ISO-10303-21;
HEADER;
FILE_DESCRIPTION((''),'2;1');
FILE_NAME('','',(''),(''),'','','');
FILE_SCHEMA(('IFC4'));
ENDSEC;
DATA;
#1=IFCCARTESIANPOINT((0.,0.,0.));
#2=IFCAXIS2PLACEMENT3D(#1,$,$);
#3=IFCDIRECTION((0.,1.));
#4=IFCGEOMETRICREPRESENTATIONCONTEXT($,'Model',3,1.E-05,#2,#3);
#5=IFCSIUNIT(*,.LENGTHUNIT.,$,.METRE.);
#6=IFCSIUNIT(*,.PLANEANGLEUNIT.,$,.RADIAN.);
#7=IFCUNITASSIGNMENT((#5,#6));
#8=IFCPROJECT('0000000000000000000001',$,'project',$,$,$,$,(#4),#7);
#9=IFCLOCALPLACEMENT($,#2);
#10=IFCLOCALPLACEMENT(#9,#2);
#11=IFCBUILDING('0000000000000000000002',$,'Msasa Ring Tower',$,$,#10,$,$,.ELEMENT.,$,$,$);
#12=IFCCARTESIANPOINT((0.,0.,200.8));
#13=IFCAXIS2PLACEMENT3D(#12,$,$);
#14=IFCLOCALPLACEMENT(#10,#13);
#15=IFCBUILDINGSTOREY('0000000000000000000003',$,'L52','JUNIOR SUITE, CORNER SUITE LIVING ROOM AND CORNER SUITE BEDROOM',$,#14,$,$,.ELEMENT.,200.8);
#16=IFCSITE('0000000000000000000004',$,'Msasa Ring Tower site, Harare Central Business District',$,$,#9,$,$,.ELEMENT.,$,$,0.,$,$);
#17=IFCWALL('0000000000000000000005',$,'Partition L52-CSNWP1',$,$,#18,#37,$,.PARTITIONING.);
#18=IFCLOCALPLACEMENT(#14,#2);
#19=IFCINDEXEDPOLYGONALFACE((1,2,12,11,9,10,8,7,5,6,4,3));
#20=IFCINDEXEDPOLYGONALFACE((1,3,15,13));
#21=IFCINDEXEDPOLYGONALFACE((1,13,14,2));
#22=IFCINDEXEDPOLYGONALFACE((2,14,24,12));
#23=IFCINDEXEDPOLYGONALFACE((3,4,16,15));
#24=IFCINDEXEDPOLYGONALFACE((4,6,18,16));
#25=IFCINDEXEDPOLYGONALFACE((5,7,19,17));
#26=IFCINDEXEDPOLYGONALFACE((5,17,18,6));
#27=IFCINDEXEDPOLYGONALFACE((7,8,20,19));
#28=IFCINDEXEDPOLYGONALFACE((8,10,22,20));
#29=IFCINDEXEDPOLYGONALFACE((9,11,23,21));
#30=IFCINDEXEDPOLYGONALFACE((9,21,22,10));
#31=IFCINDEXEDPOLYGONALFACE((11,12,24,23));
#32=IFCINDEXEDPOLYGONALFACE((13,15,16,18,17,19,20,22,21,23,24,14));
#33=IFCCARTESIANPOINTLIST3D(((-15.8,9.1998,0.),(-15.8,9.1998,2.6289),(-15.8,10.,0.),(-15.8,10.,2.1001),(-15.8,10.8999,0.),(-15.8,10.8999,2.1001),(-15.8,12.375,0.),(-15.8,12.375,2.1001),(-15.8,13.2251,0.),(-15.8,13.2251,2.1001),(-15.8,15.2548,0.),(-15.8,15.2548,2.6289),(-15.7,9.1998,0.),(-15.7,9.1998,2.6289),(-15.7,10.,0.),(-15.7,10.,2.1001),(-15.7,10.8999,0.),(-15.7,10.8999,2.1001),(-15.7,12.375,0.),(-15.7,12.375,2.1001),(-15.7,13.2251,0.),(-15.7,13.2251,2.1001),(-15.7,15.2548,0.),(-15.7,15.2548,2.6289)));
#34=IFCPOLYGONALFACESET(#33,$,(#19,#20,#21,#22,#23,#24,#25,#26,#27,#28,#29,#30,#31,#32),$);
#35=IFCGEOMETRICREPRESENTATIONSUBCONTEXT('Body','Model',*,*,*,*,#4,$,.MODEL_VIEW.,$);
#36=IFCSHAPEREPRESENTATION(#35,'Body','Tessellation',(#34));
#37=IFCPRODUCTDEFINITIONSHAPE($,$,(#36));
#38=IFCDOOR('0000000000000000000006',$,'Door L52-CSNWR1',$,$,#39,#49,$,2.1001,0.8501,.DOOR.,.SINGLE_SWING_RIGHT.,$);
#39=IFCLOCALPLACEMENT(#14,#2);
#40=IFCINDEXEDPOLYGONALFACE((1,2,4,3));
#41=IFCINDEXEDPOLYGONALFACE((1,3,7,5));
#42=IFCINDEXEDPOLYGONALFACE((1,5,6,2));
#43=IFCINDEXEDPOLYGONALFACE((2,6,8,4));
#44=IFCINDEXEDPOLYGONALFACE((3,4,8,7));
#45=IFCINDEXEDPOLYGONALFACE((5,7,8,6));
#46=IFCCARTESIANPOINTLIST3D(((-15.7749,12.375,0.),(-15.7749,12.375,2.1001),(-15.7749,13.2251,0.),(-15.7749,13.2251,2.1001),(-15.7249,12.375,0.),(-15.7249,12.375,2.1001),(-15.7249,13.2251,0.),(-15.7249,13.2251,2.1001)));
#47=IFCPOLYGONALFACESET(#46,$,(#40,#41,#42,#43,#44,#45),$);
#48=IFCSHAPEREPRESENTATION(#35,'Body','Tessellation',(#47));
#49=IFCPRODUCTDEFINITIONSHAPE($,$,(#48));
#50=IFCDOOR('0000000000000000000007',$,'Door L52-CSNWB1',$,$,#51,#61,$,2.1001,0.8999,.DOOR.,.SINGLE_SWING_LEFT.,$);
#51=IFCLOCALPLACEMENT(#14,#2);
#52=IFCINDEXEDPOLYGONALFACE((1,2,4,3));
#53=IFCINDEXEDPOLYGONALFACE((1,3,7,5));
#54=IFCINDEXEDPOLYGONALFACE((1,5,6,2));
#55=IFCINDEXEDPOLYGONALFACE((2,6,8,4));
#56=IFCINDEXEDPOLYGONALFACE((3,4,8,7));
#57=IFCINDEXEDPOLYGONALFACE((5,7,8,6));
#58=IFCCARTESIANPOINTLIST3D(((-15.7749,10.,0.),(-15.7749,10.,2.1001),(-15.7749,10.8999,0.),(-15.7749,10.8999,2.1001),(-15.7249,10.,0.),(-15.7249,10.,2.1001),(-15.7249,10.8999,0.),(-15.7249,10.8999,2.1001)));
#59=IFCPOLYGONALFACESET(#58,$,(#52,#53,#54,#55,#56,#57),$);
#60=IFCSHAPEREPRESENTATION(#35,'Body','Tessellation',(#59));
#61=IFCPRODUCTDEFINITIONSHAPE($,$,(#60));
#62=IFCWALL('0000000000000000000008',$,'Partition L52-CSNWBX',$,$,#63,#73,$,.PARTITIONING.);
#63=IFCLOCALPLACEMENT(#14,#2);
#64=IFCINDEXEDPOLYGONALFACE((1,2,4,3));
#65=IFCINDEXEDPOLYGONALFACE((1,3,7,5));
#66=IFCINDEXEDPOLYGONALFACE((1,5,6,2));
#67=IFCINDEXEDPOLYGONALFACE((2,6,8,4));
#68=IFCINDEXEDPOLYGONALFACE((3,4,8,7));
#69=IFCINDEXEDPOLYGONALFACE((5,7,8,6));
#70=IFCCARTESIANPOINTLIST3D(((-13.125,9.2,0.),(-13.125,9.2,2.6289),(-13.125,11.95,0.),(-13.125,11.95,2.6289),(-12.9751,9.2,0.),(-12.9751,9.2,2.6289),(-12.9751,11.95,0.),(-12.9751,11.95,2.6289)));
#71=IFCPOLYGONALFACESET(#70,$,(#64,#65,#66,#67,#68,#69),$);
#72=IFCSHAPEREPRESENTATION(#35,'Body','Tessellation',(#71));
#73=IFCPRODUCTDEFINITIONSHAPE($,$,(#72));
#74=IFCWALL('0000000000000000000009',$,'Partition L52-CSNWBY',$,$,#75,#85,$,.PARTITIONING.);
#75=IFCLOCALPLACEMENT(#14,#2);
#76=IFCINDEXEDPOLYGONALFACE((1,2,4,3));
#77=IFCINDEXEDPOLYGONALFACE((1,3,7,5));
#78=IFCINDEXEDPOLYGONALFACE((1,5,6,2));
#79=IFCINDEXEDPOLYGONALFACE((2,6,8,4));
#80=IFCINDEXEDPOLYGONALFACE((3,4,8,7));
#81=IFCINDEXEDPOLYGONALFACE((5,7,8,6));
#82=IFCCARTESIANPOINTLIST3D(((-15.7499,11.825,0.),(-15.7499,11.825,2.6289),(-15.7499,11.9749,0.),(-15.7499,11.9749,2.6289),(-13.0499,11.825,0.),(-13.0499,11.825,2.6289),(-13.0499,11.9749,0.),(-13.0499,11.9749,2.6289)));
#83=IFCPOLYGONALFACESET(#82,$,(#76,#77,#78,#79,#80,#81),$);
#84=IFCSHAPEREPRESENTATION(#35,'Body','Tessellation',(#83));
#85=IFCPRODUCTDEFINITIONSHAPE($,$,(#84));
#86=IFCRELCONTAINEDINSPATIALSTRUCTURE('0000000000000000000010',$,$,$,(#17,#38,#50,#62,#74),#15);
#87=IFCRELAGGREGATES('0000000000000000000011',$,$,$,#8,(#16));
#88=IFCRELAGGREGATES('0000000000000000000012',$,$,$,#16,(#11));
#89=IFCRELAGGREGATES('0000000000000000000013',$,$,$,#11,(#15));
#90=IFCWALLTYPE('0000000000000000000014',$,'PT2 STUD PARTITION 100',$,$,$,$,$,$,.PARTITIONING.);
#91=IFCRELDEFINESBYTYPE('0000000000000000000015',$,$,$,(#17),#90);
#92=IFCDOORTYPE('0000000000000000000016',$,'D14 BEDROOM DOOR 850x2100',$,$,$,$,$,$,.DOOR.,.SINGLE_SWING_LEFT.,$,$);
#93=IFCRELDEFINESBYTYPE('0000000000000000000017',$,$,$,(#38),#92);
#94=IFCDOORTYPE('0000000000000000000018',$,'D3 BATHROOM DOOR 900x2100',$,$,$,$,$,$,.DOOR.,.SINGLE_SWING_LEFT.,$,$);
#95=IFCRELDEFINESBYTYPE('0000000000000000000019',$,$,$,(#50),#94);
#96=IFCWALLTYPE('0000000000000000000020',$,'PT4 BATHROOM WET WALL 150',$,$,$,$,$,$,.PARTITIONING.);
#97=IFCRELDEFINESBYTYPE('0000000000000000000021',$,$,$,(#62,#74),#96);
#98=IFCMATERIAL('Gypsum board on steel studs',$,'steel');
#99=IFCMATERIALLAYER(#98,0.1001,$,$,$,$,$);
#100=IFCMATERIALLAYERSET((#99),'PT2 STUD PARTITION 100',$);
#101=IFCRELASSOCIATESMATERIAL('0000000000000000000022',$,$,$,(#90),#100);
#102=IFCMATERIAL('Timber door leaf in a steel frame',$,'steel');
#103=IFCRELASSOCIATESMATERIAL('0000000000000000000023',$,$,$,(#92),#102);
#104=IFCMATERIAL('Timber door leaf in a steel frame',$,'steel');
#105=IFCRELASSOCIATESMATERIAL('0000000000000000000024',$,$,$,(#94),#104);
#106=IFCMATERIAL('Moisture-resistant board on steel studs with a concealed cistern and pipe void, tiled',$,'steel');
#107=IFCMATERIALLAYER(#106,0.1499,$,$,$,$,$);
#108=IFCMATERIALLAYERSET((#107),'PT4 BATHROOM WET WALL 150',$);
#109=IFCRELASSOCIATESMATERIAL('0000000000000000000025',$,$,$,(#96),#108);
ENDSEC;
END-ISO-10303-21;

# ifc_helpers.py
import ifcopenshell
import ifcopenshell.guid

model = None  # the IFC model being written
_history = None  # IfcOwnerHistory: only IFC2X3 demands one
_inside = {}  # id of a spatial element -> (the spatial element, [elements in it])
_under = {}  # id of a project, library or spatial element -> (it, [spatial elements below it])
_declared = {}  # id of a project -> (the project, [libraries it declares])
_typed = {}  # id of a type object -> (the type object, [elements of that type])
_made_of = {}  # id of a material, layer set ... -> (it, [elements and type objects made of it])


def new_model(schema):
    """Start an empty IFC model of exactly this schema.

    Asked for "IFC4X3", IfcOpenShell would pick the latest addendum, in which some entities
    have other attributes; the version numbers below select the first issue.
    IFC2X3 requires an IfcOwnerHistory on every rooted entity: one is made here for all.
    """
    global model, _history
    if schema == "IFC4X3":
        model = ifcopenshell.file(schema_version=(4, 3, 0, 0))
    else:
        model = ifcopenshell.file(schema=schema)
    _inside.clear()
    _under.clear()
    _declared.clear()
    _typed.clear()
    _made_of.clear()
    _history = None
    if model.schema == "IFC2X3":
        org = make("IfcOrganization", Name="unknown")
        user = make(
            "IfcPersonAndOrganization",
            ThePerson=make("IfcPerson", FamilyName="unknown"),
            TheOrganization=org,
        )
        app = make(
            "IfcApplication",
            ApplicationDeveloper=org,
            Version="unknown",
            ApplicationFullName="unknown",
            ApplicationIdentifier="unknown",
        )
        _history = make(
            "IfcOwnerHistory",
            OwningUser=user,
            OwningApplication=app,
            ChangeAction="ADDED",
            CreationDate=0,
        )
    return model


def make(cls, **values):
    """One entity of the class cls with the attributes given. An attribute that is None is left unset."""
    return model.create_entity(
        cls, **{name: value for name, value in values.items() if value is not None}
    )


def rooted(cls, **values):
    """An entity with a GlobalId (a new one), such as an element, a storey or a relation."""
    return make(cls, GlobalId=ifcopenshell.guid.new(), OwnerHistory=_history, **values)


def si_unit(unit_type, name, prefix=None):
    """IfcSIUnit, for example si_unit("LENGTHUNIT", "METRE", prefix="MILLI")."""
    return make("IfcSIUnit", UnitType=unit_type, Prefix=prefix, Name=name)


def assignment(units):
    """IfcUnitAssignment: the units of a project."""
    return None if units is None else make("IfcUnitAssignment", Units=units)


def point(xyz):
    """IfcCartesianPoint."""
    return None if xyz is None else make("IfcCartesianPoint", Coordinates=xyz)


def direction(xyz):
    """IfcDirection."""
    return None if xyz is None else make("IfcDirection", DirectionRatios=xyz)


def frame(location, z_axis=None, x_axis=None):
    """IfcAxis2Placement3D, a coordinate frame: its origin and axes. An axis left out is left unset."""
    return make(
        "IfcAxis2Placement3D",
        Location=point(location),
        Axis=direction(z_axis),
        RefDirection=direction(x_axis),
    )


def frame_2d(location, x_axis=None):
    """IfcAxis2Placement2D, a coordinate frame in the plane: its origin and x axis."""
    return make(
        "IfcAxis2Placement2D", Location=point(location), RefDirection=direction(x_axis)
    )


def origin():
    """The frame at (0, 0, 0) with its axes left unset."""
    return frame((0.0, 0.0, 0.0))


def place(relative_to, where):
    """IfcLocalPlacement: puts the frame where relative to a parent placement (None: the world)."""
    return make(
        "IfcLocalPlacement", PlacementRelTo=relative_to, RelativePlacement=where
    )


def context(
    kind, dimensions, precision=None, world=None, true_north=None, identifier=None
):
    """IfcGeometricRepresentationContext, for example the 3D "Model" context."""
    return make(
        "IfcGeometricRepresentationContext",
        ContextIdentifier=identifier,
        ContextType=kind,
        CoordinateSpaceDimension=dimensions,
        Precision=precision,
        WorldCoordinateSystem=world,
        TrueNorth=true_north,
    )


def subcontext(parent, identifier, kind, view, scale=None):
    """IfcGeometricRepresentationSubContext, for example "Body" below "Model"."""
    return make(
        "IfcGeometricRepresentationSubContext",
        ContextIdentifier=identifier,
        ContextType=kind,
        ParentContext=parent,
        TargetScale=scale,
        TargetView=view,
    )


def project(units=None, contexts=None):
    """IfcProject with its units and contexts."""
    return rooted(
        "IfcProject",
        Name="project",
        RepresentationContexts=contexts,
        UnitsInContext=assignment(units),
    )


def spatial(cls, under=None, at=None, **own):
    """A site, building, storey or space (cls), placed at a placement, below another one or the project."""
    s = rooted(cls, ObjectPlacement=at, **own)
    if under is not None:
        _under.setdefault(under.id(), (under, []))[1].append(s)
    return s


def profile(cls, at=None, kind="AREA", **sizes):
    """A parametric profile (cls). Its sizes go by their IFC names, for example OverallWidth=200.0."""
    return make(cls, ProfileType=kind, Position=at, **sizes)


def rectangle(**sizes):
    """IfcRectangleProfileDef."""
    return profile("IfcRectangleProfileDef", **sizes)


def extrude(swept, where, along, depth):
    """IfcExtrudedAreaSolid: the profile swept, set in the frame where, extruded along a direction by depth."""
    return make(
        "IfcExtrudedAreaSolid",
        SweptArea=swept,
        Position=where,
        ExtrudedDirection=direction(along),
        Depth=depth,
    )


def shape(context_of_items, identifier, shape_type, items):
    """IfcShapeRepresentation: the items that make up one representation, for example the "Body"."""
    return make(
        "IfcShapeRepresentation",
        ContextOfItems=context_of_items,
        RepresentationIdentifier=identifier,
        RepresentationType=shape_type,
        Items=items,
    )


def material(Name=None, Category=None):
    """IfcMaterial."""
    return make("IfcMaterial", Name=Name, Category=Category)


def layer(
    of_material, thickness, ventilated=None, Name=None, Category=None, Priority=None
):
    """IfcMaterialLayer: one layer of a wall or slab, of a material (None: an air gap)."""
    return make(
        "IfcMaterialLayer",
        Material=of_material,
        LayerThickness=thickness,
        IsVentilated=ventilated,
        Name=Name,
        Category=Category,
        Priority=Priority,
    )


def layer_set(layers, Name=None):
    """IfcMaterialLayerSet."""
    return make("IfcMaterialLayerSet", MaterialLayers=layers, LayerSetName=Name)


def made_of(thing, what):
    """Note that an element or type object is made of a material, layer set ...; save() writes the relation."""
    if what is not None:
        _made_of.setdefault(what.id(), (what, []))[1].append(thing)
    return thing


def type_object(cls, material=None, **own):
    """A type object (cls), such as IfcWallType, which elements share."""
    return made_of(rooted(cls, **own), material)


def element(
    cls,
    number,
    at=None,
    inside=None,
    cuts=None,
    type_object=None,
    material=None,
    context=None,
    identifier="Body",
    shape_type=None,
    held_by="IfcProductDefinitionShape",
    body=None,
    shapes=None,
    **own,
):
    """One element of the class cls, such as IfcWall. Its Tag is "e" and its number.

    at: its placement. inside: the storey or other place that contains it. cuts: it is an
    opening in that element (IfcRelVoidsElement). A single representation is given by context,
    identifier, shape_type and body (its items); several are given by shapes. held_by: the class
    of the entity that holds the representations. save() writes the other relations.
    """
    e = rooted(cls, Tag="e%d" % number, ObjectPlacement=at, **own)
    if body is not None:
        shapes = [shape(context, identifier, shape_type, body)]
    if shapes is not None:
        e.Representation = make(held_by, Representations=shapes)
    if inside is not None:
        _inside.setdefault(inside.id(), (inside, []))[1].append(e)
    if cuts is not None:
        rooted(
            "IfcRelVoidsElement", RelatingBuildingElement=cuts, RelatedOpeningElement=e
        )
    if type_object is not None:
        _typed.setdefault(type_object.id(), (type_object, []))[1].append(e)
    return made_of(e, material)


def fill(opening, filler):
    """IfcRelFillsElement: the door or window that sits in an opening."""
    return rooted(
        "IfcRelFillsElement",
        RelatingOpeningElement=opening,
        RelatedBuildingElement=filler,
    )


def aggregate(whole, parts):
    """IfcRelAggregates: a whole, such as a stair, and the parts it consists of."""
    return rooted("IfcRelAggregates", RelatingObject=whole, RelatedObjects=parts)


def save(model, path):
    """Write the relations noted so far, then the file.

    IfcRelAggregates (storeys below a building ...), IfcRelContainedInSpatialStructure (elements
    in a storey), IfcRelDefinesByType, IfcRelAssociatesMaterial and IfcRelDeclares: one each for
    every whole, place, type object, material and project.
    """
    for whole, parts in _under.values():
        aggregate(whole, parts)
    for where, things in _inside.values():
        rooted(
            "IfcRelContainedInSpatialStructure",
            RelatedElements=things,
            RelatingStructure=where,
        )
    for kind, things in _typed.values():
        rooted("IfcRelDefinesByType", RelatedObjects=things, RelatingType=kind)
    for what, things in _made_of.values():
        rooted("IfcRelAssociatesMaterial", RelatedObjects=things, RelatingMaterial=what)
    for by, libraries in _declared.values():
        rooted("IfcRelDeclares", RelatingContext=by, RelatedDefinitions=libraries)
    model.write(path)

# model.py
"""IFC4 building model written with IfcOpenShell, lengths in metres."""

from ifc_helpers import new_model, si_unit, direction, frame, frame_2d, origin, place, context, subcontext, project, spatial, rectangle, extrude, material, layer, layer_set, type_object, element, fill, save


model = new_model("IFC4")

# Units and contexts
model_context = context("Model", 3, precision=1e-05, world=origin(), true_north=direction((0.0, 1.0)))
body_context = subcontext(model_context, "Body", "Model", "MODEL_VIEW")
ifc_project = project(units=[si_unit("LENGTHUNIT", "METRE"), si_unit("PLANEANGLEUNIT", "RADIAN")], contexts=[model_context])

# Site, building, storey
site_placement = place(None, origin())
site = spatial("IfcSite", under=ifc_project, at=site_placement, Name="Msasa Ring Tower site, Harare Central Business District", CompositionType="ELEMENT", RefElevation=0.0)
building_placement = place(site_placement, origin())
building = spatial("IfcBuilding", under=site, at=building_placement, Name="Msasa Ring Tower", CompositionType="ELEMENT")
storey_placement = place(building_placement, frame((0.0, 0.0, 200.8)))
storey = spatial("IfcBuildingStorey", under=building, at=storey_placement, Name="L52", Description="JUNIOR SUITE, CORNER SUITE LIVING ROOM AND CORNER SUITE BEDROOM", CompositionType="ELEMENT", Elevation=200.8)

# Wall, openings, doors
ifc_material_1 = material(Name="Gypsum board on steel studs", Category="steel")
ifc_layer_1 = layer(ifc_material_1, 0.1001)
ifc_layer_set_1 = layer_set([ifc_layer_1], Name="PT2 STUD PARTITION 100")
wall_type_1 = type_object("IfcWallType", Name="PT2 STUD PARTITION 100", PredefinedType="PARTITIONING", material=ifc_layer_set_1)
wall_1_placement = place(storey_placement, frame((-15.75, 9.2, 0.0), z_axis=(0.0, 0.0, 1.0), x_axis=(0.0, 1.0, 0.0)))
wall_1 = element("IfcWall", 1, at=wall_1_placement, inside=storey, type_object=wall_type_1, Name="Partition L52-CSNWP1", PredefinedType="PARTITIONING", context=body_context, shape_type="SweptSolid", body=[
    extrude(rectangle(XDim=6.0549, YDim=0.1001, at=frame_2d((3.0273, 0.0))), origin(), (0.0, 0.0, 1.0), 2.6289),
])
opening_1_placement = place(wall_1_placement, frame((3.175, 0.0, 0.0)))
opening_1 = element("IfcOpeningElement", 2, at=opening_1_placement, cuts=wall_1, PredefinedType="OPENING", context=body_context, shape_type="SweptSolid", body=[
    extrude(rectangle(XDim=0.8501, YDim=2.1001, at=frame_2d((0.425, 1.05))), frame((0.0, 0.0601, 0.0), z_axis=(0.0, -1.0, 0.0), x_axis=(1.0, 0.0, 0.0)), (0.0, 0.0, 1.0), 0.1201),
])
opening_2_placement = place(wall_1_placement, frame((0.8, 0.0, 0.0)))
opening_2 = element("IfcOpeningElement", 3, at=opening_2_placement, cuts=wall_1, PredefinedType="OPENING", context=body_context, shape_type="SweptSolid", body=[
    extrude(rectangle(XDim=0.8999, YDim=2.1001, at=frame_2d((0.45, 1.05))), frame((0.0, 0.0601, 0.0), z_axis=(0.0, -1.0, 0.0), x_axis=(1.0, 0.0, 0.0)), (0.0, 0.0, 1.0), 0.1201),
])
ifc_material_2 = material(Name="Timber door leaf in a steel frame", Category="steel")
door_type_1 = type_object("IfcDoorType", Name="D14 BEDROOM DOOR 850x2100", OperationType="SINGLE_SWING_LEFT", PredefinedType="DOOR", material=ifc_material_2)
door_1_placement = place(opening_1_placement, origin())
door_1 = element("IfcDoor", 4, at=door_1_placement, inside=storey, type_object=door_type_1, Name="Door L52-CSNWR1", OperationType="SINGLE_SWING_RIGHT", OverallHeight=2.1001, OverallWidth=0.8501, PredefinedType="DOOR", context=body_context, shape_type="SweptSolid", body=[
    extrude(rectangle(XDim=0.8501, YDim=2.1001, at=frame_2d((0.425, 1.05))), frame((0.0, 0.0249, 0.0), z_axis=(0.0, -1.0, 0.0), x_axis=(1.0, 0.0, 0.0)), (0.0, 0.0, 1.0), 0.05),
])
fill(opening_1, door_1)
ifc_material_3 = material(Name="Timber door leaf in a steel frame", Category="steel")
door_type_2 = type_object("IfcDoorType", Name="D3 BATHROOM DOOR 900x2100", OperationType="SINGLE_SWING_LEFT", PredefinedType="DOOR", material=ifc_material_3)
door_2_placement = place(opening_2_placement, origin())
door_2 = element("IfcDoor", 5, at=door_2_placement, inside=storey, type_object=door_type_2, Name="Door L52-CSNWB1", OperationType="SINGLE_SWING_LEFT", OverallHeight=2.1001, OverallWidth=0.8999, PredefinedType="DOOR", context=body_context, shape_type="SweptSolid", body=[
    extrude(rectangle(XDim=0.8999, YDim=2.1001, at=frame_2d((0.45, 1.05))), frame((0.0, 0.0249, 0.0), z_axis=(0.0, -1.0, 0.0), x_axis=(1.0, 0.0, 0.0)), (0.0, 0.0, 1.0), 0.05),
])
fill(opening_2, door_2)

# Walls
ifc_material_4 = material(Name="Moisture-resistant board on steel studs with a concealed cistern and pipe void, tiled", Category="steel")
ifc_layer_2 = layer(ifc_material_4, 0.1499)
ifc_layer_set_2 = layer_set([ifc_layer_2], Name="PT4 BATHROOM WET WALL 150")
wall_type_2 = type_object("IfcWallType", Name="PT4 BATHROOM WET WALL 150", PredefinedType="PARTITIONING", material=ifc_layer_set_2)
wall_2_placement = place(storey_placement, frame((-13.05, 9.2, 0.0), z_axis=(0.0, 0.0, 1.0), x_axis=(0.0, 1.0, 0.0)))
element("IfcWall", 6, at=wall_2_placement, inside=storey, type_object=wall_type_2, Name="Partition L52-CSNWBX", PredefinedType="PARTITIONING", context=body_context, shape_type="SweptSolid", body=[
    extrude(rectangle(XDim=2.75, YDim=0.1499, at=frame_2d((1.375, 0.0))), origin(), (0.0, 0.0, 1.0), 2.6289),
])
wall_3_placement = place(storey_placement, frame((-15.75, 11.8999, 0.0), z_axis=(0.0, 0.0, 1.0), x_axis=(1.0, 0.0, 0.0)))
element("IfcWall", 7, at=wall_3_placement, inside=storey, type_object=wall_type_2, Name="Partition L52-CSNWBY", PredefinedType="PARTITIONING", context=body_context, shape_type="SweptSolid", body=[
    extrude(rectangle(XDim=2.7, YDim=0.1499, at=frame_2d((1.3501, 0.0))), origin(), (0.0, 0.0, 1.0), 2.6289),
])

save(model, "model.ifc")
